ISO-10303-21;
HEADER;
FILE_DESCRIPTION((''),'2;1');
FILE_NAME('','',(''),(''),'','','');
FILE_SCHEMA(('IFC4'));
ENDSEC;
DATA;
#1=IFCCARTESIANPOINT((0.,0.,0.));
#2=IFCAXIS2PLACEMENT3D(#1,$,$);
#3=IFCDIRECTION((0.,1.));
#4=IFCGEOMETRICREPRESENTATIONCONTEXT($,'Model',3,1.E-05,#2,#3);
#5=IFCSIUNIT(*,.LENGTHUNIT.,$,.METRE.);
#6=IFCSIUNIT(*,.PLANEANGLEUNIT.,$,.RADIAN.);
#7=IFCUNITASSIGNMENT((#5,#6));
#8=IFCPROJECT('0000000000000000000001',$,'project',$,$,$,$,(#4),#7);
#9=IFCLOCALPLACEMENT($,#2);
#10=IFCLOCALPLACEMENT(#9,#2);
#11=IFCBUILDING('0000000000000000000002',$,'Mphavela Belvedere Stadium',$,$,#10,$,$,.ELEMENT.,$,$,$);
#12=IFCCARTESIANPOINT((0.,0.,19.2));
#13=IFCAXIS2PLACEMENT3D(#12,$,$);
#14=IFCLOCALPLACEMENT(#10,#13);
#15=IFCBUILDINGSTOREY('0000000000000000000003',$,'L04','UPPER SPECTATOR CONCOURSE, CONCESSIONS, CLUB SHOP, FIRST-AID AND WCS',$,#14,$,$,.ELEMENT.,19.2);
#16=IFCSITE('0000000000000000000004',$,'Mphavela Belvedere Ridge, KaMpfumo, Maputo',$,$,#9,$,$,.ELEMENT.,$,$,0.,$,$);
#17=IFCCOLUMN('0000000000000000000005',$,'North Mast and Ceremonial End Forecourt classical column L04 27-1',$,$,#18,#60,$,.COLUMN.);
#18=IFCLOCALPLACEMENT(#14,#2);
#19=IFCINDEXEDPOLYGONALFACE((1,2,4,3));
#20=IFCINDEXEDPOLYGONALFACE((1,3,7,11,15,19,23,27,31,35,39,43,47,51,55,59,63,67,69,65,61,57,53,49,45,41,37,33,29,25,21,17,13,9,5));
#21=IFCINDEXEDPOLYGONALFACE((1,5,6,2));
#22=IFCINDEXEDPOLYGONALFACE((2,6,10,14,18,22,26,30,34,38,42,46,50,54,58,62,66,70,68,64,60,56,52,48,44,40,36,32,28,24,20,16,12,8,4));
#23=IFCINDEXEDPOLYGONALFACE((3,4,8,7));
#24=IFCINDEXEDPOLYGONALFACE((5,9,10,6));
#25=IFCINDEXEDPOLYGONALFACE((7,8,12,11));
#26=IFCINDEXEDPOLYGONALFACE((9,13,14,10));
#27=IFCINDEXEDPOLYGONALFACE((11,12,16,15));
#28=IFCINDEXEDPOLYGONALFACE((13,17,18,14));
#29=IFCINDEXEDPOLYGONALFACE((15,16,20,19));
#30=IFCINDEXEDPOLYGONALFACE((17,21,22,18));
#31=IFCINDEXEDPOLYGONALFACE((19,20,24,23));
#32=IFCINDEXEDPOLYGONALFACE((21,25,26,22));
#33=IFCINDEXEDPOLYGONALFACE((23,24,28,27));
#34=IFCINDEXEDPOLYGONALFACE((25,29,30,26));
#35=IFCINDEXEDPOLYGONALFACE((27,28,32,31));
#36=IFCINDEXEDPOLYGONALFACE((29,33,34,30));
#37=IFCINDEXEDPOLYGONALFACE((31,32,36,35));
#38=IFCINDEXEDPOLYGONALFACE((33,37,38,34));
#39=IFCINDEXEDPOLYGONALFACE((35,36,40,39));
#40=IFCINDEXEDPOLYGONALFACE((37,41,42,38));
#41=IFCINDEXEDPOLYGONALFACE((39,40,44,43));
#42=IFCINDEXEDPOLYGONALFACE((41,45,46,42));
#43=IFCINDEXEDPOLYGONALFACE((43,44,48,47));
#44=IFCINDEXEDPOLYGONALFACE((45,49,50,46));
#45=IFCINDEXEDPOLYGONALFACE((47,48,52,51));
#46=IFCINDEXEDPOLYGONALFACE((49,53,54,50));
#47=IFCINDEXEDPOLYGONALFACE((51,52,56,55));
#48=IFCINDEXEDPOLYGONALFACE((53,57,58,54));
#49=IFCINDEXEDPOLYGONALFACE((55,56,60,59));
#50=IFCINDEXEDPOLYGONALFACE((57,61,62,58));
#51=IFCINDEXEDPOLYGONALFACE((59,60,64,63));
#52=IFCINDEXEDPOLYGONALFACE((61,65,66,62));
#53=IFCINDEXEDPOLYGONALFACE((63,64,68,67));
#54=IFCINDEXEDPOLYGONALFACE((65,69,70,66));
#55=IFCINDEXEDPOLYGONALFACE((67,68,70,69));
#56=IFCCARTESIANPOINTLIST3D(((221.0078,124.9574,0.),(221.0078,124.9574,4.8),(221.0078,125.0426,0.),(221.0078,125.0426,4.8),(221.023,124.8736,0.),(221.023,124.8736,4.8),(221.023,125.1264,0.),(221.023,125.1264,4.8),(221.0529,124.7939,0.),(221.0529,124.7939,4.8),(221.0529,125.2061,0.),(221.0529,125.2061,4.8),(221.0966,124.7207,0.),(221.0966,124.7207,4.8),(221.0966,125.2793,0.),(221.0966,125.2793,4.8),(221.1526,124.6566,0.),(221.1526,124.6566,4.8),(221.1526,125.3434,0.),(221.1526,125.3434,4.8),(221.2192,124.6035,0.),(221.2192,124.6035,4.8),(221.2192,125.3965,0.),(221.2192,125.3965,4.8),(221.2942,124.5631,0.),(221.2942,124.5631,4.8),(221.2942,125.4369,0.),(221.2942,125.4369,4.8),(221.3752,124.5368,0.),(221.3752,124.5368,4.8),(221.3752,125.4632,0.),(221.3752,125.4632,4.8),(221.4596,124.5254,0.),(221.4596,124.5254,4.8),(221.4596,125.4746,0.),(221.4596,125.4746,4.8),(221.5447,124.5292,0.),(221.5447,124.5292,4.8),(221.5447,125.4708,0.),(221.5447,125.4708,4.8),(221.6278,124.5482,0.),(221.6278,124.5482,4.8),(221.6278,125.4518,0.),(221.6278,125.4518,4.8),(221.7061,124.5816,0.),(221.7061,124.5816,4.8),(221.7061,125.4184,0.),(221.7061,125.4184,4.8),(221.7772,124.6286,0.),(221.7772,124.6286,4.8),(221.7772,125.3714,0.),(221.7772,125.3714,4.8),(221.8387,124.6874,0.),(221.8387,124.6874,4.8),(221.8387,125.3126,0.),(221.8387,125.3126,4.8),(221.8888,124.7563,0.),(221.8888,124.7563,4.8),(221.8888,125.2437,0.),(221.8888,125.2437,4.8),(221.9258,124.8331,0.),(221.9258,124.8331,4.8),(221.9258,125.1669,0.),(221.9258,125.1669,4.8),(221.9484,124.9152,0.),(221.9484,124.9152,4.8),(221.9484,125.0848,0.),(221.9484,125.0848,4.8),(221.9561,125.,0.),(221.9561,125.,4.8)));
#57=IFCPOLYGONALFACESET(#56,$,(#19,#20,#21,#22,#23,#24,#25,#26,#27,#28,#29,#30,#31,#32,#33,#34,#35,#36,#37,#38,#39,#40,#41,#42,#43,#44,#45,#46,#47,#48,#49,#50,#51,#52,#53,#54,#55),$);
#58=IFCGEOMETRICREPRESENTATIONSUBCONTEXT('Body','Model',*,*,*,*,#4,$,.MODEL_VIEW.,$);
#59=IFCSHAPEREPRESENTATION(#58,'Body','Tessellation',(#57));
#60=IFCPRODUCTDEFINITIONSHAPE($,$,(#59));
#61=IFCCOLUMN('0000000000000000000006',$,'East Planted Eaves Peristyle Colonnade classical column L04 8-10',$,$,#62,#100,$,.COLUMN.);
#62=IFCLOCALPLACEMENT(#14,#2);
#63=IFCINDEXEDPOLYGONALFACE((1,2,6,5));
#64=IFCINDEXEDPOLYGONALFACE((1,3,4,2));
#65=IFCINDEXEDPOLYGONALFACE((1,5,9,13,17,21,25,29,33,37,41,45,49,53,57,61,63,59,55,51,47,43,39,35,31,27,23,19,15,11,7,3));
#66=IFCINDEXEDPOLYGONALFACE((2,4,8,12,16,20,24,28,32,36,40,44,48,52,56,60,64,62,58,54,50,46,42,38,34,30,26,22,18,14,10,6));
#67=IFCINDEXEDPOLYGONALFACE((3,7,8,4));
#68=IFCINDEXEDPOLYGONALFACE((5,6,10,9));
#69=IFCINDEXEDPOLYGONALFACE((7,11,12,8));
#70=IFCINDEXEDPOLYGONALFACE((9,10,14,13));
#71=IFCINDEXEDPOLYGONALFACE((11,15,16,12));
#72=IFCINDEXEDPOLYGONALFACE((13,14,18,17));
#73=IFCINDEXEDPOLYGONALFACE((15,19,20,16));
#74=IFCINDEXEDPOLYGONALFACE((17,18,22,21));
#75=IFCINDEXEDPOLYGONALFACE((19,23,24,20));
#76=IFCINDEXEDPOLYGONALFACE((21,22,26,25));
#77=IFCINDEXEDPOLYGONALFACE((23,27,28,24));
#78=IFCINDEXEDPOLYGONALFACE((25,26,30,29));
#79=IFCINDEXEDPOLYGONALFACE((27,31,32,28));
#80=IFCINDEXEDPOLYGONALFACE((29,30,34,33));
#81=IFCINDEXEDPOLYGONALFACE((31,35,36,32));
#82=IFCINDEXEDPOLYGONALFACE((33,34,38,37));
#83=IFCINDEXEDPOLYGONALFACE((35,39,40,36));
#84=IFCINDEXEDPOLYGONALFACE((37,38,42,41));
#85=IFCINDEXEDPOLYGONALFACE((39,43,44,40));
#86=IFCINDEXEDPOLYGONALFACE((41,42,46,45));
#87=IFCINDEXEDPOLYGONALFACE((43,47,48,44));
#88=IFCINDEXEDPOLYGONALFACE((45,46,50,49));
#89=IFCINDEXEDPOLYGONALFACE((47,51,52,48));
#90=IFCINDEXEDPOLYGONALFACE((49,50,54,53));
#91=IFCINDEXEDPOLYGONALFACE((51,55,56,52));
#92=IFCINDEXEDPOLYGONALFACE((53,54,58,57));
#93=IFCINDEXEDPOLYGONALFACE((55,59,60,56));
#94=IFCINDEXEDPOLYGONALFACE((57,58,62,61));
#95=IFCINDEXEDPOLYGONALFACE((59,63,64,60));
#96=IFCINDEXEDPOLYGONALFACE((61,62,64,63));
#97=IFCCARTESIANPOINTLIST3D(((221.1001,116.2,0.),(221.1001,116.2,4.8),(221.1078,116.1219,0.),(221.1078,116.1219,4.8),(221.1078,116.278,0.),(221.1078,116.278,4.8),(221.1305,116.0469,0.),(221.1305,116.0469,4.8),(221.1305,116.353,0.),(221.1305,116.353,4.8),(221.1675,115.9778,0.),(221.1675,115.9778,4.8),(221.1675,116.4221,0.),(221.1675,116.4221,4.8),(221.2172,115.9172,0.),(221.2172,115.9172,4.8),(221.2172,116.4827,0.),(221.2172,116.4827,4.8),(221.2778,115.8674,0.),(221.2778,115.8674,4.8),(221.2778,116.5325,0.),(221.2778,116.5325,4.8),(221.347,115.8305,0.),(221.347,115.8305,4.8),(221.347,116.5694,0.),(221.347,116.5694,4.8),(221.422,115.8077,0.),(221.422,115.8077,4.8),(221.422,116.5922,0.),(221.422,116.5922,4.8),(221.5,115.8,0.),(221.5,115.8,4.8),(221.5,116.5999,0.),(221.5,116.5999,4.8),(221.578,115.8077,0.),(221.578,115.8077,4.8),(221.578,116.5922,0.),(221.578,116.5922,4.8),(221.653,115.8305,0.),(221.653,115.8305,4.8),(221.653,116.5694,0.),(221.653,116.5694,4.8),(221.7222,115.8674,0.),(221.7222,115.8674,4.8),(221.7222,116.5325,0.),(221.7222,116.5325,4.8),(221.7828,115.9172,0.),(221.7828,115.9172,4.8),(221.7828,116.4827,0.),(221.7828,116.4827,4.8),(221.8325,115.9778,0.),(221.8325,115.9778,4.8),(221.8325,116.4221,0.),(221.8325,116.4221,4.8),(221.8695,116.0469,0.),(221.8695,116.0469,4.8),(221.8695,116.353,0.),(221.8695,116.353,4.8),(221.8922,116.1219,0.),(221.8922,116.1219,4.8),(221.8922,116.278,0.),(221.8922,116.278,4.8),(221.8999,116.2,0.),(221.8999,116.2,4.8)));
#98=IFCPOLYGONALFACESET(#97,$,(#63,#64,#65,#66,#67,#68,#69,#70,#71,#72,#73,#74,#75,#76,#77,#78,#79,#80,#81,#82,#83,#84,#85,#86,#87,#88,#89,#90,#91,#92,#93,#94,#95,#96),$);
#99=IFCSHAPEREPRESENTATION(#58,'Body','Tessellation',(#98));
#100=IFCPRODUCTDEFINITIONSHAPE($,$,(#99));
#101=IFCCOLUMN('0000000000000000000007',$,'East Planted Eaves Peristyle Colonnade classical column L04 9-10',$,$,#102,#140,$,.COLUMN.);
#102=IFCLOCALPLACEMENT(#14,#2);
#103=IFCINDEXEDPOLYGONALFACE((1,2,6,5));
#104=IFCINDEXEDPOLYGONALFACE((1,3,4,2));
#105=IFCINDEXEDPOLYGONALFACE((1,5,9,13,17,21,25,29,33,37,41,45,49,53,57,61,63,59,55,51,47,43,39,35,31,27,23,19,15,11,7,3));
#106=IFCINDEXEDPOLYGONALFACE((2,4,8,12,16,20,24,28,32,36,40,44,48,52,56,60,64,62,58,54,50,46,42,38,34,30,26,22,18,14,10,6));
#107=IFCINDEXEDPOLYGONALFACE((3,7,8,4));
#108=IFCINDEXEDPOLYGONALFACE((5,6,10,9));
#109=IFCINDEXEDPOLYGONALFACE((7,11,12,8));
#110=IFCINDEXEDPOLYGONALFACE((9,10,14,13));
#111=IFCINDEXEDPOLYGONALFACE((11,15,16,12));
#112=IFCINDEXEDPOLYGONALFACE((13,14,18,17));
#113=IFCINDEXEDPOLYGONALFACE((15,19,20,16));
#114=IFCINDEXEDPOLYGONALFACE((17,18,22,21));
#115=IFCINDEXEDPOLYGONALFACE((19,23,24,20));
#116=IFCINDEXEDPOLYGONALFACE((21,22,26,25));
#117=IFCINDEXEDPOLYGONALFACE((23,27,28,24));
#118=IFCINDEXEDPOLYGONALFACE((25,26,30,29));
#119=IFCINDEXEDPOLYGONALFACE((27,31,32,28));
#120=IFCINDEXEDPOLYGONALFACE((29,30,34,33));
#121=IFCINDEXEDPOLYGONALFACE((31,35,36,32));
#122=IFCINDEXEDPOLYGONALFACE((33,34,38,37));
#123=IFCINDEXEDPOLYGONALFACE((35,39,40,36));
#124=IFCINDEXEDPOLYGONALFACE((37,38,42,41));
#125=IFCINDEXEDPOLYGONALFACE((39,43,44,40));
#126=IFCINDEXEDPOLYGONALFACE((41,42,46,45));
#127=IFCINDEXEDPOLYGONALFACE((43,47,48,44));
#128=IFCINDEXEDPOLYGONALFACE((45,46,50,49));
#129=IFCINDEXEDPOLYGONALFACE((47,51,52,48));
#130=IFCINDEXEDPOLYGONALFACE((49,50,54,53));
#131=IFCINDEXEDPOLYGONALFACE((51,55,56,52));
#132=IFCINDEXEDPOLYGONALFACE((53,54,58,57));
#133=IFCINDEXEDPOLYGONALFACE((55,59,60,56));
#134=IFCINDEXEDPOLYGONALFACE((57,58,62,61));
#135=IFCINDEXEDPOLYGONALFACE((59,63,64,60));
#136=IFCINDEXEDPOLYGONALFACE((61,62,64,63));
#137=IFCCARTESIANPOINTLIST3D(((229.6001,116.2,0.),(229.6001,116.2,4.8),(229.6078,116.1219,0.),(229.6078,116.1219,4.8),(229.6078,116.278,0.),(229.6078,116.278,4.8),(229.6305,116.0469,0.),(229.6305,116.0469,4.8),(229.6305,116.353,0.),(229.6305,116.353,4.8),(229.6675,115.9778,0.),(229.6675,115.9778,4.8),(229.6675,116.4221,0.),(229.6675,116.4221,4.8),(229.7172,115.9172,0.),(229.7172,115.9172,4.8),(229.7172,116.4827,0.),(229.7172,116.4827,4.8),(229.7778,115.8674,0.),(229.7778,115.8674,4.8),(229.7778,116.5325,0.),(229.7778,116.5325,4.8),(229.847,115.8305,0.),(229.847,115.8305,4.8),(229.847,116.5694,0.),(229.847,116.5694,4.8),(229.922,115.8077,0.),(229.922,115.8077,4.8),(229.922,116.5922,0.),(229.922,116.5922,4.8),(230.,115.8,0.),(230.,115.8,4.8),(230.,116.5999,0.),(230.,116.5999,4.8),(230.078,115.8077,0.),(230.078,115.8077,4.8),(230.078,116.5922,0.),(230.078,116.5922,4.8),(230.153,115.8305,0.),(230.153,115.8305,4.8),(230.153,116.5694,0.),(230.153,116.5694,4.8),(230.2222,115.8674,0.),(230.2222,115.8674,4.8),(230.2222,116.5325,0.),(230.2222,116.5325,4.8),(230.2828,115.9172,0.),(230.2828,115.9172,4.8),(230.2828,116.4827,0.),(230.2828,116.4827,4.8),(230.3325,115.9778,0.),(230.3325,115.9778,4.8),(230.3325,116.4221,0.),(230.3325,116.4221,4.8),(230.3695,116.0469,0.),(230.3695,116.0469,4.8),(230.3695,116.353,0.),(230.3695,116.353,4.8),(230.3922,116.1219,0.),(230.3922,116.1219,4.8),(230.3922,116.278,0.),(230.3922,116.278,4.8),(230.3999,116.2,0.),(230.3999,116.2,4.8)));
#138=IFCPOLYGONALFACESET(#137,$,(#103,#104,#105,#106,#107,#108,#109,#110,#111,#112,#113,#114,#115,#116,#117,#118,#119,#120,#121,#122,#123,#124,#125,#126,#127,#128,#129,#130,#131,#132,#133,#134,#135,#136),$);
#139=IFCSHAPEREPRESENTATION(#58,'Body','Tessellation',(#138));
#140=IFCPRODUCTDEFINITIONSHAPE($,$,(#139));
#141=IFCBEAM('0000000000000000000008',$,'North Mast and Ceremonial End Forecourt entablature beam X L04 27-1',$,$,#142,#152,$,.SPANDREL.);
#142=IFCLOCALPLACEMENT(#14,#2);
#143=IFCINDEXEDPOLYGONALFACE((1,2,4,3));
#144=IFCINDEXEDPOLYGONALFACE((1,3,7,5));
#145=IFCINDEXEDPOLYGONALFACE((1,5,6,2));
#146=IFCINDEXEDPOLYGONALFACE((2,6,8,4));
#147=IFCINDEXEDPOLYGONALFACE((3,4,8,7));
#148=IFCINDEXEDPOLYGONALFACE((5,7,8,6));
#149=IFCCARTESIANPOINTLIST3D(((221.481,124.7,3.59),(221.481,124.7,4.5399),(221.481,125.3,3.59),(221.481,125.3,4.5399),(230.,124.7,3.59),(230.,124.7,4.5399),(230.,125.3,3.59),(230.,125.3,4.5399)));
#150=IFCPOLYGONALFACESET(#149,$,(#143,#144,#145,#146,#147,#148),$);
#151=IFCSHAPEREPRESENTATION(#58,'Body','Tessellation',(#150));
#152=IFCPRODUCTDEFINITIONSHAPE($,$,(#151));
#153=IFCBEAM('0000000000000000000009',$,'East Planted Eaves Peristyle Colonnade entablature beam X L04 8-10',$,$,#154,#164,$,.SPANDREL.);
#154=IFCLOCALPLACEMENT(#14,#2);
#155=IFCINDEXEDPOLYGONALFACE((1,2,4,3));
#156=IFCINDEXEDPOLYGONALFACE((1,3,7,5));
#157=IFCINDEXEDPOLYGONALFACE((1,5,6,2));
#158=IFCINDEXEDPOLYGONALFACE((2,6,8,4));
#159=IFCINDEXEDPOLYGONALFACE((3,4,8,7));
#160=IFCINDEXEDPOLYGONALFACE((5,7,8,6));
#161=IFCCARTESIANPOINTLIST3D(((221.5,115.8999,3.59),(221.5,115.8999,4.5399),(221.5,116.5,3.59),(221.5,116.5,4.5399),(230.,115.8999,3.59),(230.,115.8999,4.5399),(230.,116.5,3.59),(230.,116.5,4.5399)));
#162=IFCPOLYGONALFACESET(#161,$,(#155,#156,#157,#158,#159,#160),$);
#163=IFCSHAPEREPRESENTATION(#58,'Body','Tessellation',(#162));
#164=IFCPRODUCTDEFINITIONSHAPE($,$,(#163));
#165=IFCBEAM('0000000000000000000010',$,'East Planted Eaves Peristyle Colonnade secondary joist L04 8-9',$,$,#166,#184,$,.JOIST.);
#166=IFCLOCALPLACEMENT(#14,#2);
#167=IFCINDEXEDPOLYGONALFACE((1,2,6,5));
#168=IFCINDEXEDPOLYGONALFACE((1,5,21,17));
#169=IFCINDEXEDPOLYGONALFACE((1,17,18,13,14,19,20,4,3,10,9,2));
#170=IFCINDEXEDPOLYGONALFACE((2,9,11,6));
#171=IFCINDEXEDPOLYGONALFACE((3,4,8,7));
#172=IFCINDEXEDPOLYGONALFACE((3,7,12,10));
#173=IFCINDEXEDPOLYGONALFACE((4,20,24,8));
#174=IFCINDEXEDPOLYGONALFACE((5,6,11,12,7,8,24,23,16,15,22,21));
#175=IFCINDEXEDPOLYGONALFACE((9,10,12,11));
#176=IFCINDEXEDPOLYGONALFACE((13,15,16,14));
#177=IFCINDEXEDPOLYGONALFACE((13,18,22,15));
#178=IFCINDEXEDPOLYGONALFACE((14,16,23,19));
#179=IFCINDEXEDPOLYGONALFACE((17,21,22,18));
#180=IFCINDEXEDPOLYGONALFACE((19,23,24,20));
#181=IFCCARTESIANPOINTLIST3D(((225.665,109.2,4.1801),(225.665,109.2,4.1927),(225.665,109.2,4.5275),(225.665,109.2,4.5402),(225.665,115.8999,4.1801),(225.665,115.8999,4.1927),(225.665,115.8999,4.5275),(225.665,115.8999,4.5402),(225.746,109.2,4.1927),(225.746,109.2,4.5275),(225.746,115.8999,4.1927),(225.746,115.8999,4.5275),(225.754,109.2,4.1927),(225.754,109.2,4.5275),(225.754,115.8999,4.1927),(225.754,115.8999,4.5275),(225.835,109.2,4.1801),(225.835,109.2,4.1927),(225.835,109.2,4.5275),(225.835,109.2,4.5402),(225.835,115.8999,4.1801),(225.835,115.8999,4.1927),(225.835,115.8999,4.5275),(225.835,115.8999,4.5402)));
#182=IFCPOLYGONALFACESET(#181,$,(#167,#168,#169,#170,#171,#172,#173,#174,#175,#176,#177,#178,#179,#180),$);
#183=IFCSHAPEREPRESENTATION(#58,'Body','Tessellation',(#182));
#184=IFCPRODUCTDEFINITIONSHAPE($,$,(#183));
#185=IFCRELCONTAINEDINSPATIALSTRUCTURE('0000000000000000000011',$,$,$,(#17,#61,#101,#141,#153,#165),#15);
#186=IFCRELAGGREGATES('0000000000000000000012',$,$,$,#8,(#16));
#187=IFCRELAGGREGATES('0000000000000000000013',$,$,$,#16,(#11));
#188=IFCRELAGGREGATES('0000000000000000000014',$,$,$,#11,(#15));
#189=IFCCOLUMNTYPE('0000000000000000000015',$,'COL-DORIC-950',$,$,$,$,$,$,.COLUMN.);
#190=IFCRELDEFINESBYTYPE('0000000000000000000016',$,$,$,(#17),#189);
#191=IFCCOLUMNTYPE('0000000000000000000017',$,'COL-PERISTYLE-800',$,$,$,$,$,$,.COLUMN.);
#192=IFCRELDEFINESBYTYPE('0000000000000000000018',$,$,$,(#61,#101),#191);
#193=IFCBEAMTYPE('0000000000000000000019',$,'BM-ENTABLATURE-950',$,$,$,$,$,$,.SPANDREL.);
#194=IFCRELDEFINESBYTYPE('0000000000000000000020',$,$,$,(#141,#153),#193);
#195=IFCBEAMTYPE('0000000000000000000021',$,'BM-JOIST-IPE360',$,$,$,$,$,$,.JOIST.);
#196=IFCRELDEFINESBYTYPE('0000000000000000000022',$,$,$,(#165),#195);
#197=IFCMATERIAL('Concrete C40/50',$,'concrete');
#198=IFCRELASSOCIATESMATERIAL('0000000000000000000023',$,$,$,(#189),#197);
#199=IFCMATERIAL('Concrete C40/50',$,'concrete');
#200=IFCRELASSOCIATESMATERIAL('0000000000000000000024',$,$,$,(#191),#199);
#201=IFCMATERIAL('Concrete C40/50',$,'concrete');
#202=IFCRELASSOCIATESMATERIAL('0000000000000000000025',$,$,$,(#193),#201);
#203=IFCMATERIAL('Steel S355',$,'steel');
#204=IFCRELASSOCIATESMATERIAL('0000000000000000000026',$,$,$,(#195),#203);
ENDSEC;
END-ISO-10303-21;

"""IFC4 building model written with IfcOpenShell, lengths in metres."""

from ifc_helpers import new_model, si_unit, direction, frame, origin, origin_2d, place, context, subcontext, project, spatial, rectangle, circle, i_section, extrude, material, material_profile, profile_set, type_object, element, save


model = new_model("IFC4")

# Units and contexts
model_context = context("Model", 3, precision=1e-05, world=origin(), true_north=direction((0.0, 1.0)))
body_context = subcontext(model_context, "Body", "Model", "MODEL_VIEW")
ifc_project = project(units=[si_unit("LENGTHUNIT", "METRE"), si_unit("PLANEANGLEUNIT", "RADIAN")], contexts=[model_context])

# Site, building, storey
site_placement = place(None, origin())
site = spatial("IfcSite", under=ifc_project, at=site_placement, Name="Mphavela Belvedere Ridge, KaMpfumo, Maputo", CompositionType="ELEMENT", RefElevation=0.0)
building_placement = place(site_placement, origin())
building = spatial("IfcBuilding", under=site, at=building_placement, Name="Mphavela Belvedere Stadium", CompositionType="ELEMENT")
storey_placement = place(building_placement, frame((0.0, 0.0, 19.2)))
storey = spatial("IfcBuildingStorey", under=building, at=storey_placement, Name="L04", Description="UPPER SPECTATOR CONCOURSE, CONCESSIONS, CLUB SHOP, FIRST-AID AND WCS", CompositionType="ELEMENT", Elevation=19.2)

# Columns
ifc_material_1 = material(Name="Concrete C40/50", Category="concrete")
ifc_material_profile_1 = material_profile(ifc_material_1, circle(Radius=0.4751, at=origin_2d()), Name="COL D950")
ifc_profile_set_1 = profile_set([ifc_material_profile_1], Name="Concrete C40/50")
column_type_1 = type_object("IfcColumnType", Name="COL-DORIC-950", PredefinedType="COLUMN", material=ifc_profile_set_1)
column_placement = place(storey_placement, frame((221.481, 125.0, 0.0), z_axis=(0.0, 0.0, 1.0), x_axis=(1.0, 0.0, 0.0)))
element("IfcColumn", 1, at=column_placement, inside=storey, type_object=column_type_1, Name="North Mast and Ceremonial End Forecourt classical column L04 27-1", PredefinedType="COLUMN", context=body_context, shape_type="SweptSolid", body=[
    extrude(circle(Radius=0.4751, at=origin_2d()), origin(), (0.0, 0.0, 1.0), 4.8),
])
ifc_material_2 = material(Name="Concrete C40/50", Category="concrete")
ifc_material_profile_2 = material_profile(ifc_material_2, circle(Radius=0.3999, at=origin_2d()), Name="COL D800")
ifc_profile_set_2 = profile_set([ifc_material_profile_2], Name="Concrete C40/50")
column_type_2 = type_object("IfcColumnType", Name="COL-PERISTYLE-800", PredefinedType="COLUMN", material=ifc_profile_set_2)
for number, where, z_axis, x_axis, name in (
    (2, (221.5, 116.2, 0.0), (0.0, 0.0, 1.0), (1.0, 0.0, 0.0), "East Planted Eaves Peristyle Colonnade classical column L04 8-10"),
    (3, (230.0, 116.2, 0.0), (0.0, 0.0, 1.0), (1.0, 0.0, 0.0), "East Planted Eaves Peristyle Colonnade classical column L04 9-10"),
):
    element("IfcColumn", number, at=place(storey_placement, frame(where, z_axis=z_axis, x_axis=x_axis)), inside=storey, type_object=column_type_2, Name=name, PredefinedType="COLUMN", context=body_context, shape_type="SweptSolid", body=[
        extrude(circle(Radius=0.3999, at=origin_2d()), origin(), (0.0, 0.0, 1.0), 4.8),
    ])

# Beams
ifc_material_3 = material(Name="Concrete C40/50", Category="concrete")
ifc_material_profile_3 = material_profile(ifc_material_3, rectangle(XDim=0.6001, YDim=0.95, at=origin_2d()), Name="RC 600x950")
ifc_profile_set_3 = profile_set([ifc_material_profile_3], Name="Concrete C40/50")
beam_type_1 = type_object("IfcBeamType", Name="BM-ENTABLATURE-950", PredefinedType="SPANDREL", material=ifc_profile_set_3)
beam_1_placement = place(storey_placement, frame((221.481, 125.0, 4.0649), z_axis=(1.0, 0.0, 0.0), x_axis=(0.0, 1.0, 0.0)))
element("IfcBeam", 4, at=beam_1_placement, inside=storey, type_object=beam_type_1, Name="North Mast and Ceremonial End Forecourt entablature beam X L04 27-1", PredefinedType="SPANDREL", context=body_context, shape_type="SweptSolid", body=[
    extrude(rectangle(XDim=0.6001, YDim=0.95, at=origin_2d()), origin(), (0.0, 0.0, 1.0), 8.519),
])
beam_2_placement = place(storey_placement, frame((221.5, 116.2, 4.0649), z_axis=(1.0, 0.0, 0.0), x_axis=(0.0, 1.0, 0.0)))
element("IfcBeam", 5, at=beam_2_placement, inside=storey, type_object=beam_type_1, Name="East Planted Eaves Peristyle Colonnade entablature beam X L04 8-10", PredefinedType="SPANDREL", context=body_context, shape_type="SweptSolid", body=[
    extrude(rectangle(XDim=0.6001, YDim=0.95, at=origin_2d()), origin(), (0.0, 0.0, 1.0), 8.5),
])
ifc_material_4 = material(Name="Steel S355", Category="steel")
ifc_material_profile_4 = material_profile(ifc_material_4, i_section(OverallWidth=0.1699, OverallDepth=0.3601, WebThickness=0.0081, FlangeThickness=0.0127, at=origin_2d()), Name="IPE 360")
ifc_profile_set_4 = profile_set([ifc_material_profile_4], Name="Steel S355")
beam_type_2 = type_object("IfcBeamType", Name="BM-JOIST-IPE360", PredefinedType="JOIST", material=ifc_profile_set_4)
beam_3_placement = place(storey_placement, frame((225.75, 109.2, 4.3601), z_axis=(0.0, 1.0, 0.0), x_axis=(-1.0, 0.0, 0.0)))
element("IfcBeam", 6, at=beam_3_placement, inside=storey, type_object=beam_type_2, Name="East Planted Eaves Peristyle Colonnade secondary joist L04 8-9", PredefinedType="JOIST", context=body_context, shape_type="SweptSolid", body=[
    extrude(i_section(OverallWidth=0.1699, OverallDepth=0.3601, WebThickness=0.0081, FlangeThickness=0.0127, at=origin_2d()), origin(), (0.0, 0.0, 1.0), 6.7),
])

save(model, "model.ifc")
